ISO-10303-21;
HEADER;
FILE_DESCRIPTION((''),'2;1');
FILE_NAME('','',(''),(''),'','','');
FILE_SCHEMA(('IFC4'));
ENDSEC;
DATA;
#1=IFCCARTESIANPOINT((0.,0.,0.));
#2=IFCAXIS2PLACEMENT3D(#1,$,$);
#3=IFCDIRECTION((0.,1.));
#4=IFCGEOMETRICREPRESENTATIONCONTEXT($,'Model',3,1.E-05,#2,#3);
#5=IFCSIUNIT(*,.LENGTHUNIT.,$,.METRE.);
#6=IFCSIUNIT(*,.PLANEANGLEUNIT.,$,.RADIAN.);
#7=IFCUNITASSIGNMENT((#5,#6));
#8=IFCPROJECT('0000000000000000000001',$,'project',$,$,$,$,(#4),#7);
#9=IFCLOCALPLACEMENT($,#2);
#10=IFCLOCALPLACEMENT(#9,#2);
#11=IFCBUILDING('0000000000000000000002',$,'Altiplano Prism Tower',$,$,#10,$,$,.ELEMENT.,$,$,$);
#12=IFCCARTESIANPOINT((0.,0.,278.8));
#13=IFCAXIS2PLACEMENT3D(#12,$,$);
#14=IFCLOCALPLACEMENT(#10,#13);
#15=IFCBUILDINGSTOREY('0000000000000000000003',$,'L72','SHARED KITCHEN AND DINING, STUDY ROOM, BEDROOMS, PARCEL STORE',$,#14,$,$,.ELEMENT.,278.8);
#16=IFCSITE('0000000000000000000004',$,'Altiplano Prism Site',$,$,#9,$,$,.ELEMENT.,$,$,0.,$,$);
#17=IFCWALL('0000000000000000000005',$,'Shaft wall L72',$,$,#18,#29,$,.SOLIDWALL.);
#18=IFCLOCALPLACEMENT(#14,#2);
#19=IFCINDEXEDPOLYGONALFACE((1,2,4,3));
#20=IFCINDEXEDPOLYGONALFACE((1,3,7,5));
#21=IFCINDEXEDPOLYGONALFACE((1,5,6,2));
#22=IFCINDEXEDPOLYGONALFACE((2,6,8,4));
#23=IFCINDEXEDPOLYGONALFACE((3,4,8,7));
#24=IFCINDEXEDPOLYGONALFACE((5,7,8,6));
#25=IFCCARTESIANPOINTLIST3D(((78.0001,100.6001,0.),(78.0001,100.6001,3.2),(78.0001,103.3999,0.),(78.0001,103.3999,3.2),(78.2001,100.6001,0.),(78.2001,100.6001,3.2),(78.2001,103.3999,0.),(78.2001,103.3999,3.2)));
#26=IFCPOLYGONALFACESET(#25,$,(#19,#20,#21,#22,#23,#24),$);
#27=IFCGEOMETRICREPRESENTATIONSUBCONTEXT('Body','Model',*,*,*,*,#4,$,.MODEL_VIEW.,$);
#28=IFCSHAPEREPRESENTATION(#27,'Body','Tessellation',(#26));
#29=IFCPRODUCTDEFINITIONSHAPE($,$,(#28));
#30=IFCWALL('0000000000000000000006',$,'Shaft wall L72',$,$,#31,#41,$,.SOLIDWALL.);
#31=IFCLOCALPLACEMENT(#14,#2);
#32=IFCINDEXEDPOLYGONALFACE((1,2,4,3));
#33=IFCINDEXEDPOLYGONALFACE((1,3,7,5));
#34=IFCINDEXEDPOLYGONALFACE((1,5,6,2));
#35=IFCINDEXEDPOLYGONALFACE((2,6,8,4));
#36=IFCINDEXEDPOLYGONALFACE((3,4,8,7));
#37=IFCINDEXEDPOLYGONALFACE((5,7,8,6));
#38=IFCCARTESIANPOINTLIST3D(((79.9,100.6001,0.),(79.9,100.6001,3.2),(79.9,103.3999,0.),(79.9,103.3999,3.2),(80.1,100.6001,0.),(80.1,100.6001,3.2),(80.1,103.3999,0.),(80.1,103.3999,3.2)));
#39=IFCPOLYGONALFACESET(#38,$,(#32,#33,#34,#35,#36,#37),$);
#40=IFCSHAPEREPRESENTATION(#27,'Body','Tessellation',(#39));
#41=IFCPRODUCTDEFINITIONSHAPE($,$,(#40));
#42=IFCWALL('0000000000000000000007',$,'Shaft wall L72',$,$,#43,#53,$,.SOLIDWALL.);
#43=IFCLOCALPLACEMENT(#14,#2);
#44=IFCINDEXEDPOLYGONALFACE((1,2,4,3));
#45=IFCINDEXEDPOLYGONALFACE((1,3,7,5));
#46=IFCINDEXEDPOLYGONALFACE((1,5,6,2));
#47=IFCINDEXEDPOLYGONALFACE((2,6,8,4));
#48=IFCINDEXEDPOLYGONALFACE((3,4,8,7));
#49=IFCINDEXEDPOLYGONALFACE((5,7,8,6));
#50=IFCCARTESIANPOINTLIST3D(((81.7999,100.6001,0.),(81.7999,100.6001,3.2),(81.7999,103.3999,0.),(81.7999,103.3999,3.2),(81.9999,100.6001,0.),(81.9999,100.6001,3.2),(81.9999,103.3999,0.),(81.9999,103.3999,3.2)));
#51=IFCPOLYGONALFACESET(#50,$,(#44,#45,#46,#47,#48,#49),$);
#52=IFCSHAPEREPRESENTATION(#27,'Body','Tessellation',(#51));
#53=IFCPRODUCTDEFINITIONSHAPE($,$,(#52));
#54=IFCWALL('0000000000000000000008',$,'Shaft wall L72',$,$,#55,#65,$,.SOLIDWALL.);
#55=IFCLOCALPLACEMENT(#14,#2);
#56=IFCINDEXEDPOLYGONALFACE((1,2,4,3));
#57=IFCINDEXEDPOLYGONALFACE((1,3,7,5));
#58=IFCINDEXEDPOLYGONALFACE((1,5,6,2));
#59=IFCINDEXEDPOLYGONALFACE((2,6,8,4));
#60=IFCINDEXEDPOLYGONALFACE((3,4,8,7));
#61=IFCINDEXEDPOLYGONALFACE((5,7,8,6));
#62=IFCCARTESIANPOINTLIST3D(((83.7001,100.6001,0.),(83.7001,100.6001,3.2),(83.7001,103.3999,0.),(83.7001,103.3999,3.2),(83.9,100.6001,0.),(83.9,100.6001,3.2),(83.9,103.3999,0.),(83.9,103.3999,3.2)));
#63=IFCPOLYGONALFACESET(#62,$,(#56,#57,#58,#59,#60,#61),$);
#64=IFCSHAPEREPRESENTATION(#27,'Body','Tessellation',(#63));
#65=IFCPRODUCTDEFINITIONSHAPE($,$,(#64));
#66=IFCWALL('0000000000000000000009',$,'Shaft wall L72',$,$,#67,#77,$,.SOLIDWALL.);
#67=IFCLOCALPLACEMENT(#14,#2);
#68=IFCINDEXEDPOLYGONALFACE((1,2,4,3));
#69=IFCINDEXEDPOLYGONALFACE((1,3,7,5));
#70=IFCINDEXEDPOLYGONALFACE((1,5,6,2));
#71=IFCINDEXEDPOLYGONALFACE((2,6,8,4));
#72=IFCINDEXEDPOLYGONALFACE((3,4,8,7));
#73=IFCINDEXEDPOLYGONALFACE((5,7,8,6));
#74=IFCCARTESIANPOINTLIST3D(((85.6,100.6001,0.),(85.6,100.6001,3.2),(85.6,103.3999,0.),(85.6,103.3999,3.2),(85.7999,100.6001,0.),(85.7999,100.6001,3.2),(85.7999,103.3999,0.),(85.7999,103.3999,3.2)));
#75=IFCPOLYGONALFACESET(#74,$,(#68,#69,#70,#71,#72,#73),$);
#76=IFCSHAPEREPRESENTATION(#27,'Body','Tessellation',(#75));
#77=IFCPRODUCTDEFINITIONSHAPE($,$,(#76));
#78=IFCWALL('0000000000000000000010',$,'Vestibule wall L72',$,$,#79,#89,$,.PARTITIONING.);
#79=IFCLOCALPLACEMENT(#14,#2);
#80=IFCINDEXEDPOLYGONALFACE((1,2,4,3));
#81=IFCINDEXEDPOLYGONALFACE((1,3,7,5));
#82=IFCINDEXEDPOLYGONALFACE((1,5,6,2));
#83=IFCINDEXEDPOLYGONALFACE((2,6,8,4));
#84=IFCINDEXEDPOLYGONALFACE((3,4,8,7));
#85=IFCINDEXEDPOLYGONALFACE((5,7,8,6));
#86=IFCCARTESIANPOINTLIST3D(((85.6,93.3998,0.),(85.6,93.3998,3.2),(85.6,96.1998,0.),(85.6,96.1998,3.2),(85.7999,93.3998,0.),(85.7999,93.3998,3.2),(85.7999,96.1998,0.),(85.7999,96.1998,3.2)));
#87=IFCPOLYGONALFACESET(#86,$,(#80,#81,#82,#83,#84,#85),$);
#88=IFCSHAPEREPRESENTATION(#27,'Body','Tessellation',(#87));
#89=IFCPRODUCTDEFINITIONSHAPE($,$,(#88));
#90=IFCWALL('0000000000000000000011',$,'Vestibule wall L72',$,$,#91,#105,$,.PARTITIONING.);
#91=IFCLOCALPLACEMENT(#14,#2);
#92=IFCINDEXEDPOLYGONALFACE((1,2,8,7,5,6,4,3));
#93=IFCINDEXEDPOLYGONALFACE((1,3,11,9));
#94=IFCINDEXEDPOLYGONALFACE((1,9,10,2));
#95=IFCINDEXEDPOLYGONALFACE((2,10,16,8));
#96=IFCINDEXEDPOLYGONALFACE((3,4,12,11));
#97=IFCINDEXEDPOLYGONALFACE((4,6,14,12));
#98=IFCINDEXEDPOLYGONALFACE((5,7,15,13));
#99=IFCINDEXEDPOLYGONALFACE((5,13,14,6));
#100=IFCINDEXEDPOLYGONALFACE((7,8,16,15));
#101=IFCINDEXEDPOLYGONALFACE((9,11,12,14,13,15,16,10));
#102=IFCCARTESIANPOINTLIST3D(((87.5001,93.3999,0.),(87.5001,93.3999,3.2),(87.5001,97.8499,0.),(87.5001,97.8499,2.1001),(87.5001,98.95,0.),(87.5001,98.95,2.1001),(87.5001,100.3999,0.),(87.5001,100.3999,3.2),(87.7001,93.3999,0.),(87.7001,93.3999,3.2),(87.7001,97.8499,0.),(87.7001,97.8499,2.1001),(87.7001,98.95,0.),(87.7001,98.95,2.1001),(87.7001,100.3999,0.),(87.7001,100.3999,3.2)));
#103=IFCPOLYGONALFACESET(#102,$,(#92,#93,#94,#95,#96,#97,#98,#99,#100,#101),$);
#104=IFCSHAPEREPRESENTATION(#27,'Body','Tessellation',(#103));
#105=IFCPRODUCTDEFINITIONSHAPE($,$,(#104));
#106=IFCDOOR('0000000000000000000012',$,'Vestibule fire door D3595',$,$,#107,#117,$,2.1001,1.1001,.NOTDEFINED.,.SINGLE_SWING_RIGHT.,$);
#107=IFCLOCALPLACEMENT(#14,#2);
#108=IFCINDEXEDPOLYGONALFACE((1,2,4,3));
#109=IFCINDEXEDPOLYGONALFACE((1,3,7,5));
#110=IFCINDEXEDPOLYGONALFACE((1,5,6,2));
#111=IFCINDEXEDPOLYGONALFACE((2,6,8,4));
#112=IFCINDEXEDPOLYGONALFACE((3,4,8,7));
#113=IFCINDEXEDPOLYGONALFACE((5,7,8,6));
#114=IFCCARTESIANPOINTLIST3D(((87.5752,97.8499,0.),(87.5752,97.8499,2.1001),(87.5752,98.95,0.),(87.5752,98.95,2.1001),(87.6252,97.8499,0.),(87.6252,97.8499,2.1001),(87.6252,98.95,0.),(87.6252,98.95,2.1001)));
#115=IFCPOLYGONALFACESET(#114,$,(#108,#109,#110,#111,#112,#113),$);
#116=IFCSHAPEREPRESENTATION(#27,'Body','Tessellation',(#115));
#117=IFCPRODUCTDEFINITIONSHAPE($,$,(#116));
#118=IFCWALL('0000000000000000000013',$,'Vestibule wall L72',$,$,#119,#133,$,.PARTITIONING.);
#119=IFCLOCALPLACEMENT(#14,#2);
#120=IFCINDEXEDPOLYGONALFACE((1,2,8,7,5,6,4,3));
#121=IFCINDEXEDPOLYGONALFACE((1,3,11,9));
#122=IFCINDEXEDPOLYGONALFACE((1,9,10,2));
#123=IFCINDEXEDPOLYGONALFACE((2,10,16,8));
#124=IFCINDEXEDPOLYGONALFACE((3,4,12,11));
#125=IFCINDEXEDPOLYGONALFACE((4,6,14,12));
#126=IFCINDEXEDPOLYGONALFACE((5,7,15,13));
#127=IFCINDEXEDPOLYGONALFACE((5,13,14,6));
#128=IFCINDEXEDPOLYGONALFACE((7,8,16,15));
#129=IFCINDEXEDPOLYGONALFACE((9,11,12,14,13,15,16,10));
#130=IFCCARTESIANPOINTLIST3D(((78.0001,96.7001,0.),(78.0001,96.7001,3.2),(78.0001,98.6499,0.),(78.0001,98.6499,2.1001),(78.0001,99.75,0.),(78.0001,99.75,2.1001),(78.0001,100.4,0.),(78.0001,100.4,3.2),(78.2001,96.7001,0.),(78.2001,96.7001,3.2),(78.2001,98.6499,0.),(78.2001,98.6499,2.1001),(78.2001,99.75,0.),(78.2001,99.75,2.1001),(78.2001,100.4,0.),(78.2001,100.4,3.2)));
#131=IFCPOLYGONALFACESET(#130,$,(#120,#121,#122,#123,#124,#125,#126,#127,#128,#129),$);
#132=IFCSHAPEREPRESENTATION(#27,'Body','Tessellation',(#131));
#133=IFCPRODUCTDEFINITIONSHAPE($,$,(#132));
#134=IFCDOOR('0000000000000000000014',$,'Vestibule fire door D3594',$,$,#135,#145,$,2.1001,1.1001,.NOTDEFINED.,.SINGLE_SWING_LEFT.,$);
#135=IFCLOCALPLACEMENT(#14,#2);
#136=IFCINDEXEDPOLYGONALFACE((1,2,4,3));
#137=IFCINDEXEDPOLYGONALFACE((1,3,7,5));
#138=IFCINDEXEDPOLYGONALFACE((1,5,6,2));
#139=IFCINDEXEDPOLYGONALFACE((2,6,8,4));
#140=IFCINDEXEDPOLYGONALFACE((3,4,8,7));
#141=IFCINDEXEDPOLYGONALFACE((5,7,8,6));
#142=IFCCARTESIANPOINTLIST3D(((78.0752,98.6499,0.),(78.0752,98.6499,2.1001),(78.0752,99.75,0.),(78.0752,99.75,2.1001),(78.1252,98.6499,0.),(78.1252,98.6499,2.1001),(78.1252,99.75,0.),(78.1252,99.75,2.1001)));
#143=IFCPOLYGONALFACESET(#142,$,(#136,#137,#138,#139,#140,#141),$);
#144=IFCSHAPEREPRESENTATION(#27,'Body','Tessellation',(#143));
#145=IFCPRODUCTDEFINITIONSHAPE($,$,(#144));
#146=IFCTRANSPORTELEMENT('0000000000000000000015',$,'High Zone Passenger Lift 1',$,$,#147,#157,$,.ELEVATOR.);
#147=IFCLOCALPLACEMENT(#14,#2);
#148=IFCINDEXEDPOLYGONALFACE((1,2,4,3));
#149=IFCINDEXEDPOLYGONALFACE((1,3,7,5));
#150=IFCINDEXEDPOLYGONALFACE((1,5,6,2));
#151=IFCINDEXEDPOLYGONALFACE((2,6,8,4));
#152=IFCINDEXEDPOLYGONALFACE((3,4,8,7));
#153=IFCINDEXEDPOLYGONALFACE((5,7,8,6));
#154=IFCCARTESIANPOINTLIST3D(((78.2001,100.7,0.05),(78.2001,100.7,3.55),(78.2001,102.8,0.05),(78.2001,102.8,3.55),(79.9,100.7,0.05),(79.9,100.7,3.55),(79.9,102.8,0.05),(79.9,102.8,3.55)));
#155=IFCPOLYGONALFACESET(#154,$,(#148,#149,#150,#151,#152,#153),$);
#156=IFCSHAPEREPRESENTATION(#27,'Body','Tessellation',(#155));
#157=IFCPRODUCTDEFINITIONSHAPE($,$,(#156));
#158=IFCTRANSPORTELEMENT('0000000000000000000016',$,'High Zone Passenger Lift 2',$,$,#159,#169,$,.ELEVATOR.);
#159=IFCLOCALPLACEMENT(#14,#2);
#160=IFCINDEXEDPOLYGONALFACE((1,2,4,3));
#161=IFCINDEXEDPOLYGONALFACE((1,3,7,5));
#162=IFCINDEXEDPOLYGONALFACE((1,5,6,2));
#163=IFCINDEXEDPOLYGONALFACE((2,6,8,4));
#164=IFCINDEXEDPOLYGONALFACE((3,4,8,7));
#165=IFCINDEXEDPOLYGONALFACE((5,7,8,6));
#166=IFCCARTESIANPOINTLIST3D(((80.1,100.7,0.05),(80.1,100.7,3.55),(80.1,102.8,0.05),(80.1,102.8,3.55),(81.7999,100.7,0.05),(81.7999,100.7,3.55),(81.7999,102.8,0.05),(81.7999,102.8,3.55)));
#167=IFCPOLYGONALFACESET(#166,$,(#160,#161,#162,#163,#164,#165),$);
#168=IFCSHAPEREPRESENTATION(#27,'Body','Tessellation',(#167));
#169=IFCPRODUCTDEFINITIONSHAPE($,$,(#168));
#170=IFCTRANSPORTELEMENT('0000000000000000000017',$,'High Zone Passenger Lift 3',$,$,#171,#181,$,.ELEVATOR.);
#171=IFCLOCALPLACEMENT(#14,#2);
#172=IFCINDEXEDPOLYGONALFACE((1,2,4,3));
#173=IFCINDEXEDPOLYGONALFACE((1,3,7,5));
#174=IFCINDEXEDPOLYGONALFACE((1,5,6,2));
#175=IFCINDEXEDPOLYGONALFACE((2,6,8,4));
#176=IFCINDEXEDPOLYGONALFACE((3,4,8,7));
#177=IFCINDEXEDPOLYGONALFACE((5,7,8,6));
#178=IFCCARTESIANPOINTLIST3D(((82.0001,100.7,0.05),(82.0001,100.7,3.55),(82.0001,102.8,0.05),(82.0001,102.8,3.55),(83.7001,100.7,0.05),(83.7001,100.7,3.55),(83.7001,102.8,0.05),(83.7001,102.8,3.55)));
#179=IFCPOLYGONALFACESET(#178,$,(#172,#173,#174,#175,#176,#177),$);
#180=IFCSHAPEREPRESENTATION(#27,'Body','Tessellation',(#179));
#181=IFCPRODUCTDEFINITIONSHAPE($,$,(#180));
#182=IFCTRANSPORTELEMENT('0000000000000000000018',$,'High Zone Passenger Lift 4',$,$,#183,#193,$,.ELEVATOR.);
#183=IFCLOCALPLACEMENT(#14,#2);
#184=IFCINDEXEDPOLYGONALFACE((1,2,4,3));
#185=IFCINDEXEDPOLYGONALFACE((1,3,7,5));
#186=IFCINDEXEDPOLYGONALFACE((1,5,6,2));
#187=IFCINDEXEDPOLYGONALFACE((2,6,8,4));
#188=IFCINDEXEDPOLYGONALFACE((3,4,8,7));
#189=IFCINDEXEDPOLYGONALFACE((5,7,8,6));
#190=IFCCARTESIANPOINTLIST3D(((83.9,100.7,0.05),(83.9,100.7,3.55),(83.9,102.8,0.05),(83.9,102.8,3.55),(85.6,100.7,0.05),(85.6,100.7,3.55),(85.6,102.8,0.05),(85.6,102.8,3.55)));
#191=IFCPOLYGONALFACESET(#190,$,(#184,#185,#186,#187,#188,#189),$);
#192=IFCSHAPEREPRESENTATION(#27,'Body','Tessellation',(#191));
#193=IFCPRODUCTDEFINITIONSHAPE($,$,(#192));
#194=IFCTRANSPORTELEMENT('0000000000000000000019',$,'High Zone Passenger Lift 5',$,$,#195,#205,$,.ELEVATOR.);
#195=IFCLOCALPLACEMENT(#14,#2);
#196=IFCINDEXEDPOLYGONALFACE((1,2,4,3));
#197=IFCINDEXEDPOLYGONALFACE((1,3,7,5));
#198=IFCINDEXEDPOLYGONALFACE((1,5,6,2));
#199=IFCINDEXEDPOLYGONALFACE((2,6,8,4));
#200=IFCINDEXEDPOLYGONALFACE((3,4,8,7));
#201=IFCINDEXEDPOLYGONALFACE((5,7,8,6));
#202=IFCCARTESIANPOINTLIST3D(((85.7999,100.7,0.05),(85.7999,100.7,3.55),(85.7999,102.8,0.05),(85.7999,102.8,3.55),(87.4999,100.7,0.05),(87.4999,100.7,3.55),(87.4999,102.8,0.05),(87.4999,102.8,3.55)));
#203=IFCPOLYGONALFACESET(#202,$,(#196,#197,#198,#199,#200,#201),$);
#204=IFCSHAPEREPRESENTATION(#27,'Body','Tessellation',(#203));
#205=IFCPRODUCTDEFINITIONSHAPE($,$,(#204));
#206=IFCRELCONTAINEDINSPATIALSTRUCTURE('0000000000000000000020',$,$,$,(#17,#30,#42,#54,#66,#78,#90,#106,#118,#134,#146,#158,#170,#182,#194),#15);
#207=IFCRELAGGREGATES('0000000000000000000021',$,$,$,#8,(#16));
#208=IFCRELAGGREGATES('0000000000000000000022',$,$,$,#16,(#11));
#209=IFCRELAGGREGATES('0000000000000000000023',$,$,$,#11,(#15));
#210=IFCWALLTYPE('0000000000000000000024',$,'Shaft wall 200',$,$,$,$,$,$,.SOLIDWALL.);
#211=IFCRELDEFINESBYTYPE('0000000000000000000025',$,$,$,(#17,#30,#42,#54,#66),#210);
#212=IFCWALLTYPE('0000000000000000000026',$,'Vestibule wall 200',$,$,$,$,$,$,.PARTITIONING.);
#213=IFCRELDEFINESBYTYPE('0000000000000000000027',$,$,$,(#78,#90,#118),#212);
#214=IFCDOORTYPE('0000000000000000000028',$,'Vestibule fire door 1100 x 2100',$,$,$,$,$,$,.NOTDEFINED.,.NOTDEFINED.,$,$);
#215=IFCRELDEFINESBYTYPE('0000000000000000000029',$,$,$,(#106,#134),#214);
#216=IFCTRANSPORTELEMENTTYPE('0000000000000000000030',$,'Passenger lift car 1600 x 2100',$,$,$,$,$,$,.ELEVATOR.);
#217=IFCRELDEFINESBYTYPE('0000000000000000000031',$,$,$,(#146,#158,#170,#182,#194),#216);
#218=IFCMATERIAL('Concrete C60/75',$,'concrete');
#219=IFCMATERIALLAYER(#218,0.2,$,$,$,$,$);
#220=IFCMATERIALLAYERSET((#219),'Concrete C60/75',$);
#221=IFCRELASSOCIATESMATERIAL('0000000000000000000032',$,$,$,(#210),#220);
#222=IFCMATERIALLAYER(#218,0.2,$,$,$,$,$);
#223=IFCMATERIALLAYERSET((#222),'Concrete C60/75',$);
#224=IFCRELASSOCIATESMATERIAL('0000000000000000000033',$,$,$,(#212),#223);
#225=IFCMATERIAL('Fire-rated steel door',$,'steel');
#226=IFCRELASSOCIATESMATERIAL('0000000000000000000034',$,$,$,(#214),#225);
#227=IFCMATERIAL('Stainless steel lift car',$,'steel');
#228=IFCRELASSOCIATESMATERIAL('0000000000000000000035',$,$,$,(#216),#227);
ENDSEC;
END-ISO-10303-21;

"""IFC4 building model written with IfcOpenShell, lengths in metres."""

from ifc_helpers import new_model, si_unit, direction, frame, frame_2d, origin, origin_2d, place, context, subcontext, project, spatial, rectangle, extrude, material, layer, layer_set, type_object, element, fill, save


model = new_model("IFC4")

# Units and contexts
model_context = context("Model", 3, precision=1e-05, world=origin(), true_north=direction((0.0, 1.0)))
body_context = subcontext(model_context, "Body", "Model", "MODEL_VIEW")
ifc_project = project(units=[si_unit("LENGTHUNIT", "METRE"), si_unit("PLANEANGLEUNIT", "RADIAN")], contexts=[model_context])

# Site, building, storey
site_placement = place(None, origin())
site = spatial("IfcSite", under=ifc_project, at=site_placement, Name="Altiplano Prism Site", CompositionType="ELEMENT", RefElevation=0.0)
building_placement = place(site_placement, origin())
building = spatial("IfcBuilding", under=site, at=building_placement, Name="Altiplano Prism Tower", CompositionType="ELEMENT")
storey_placement = place(building_placement, frame((0.0, 0.0, 278.8)))
storey = spatial("IfcBuildingStorey", under=building, at=storey_placement, Name="L72", Description="SHARED KITCHEN AND DINING, STUDY ROOM, BEDROOMS, PARCEL STORE", CompositionType="ELEMENT", Elevation=278.8)

# Walls
ifc_material_1 = material(Name="Concrete C60/75", Category="concrete")
ifc_layer_1 = layer(ifc_material_1, 0.2)
ifc_layer_set_1 = layer_set([ifc_layer_1], Name="Concrete C60/75")
wall_type_1 = type_object("IfcWallType", Name="Shaft wall 200", PredefinedType="SOLIDWALL", material=ifc_layer_set_1)
for number, where, z_axis, x_axis, name in (
    (1, (78.1001, 100.6001, 0.0), (0.0, 0.0, 1.0), (0.0, 1.0, 0.0), "Shaft wall L72"),
    (2, (80.0, 100.6001, 0.0), (0.0, 0.0, 1.0), (0.0, 1.0, 0.0), "Shaft wall L72"),
    (3, (81.8999, 100.6001, 0.0), (0.0, 0.0, 1.0), (0.0, 1.0, 0.0), "Shaft wall L72"),
    (4, (83.8, 100.6001, 0.0), (0.0, 0.0, 1.0), (0.0, 1.0, 0.0), "Shaft wall L72"),
    (5, (85.7, 100.6001, 0.0), (0.0, 0.0, 1.0), (0.0, 1.0, 0.0), "Shaft wall L72"),
):
    element("IfcWall", number, at=place(storey_placement, frame(where, z_axis=z_axis, x_axis=x_axis)), inside=storey, type_object=wall_type_1, Name=name, PredefinedType="SOLIDWALL", context=body_context, shape_type="SweptSolid", body=[
        extrude(rectangle(XDim=2.7998, YDim=0.2, at=frame_2d((1.3999, 0.0))), origin(), (0.0, 0.0, 1.0), 3.2),
    ])
ifc_layer_2 = layer(ifc_material_1, 0.2)
ifc_layer_set_2 = layer_set([ifc_layer_2], Name="Concrete C60/75")
wall_type_2 = type_object("IfcWallType", Name="Vestibule wall 200", PredefinedType="PARTITIONING", material=ifc_layer_set_2)
wall_1_placement = place(storey_placement, frame((85.7, 93.3999, 0.0), z_axis=(0.0, 0.0, 1.0), x_axis=(0.0, 1.0, 0.0)))
element("IfcWall", 6, at=wall_1_placement, inside=storey, type_object=wall_type_2, Name="Vestibule wall L72", PredefinedType="PARTITIONING", context=body_context, shape_type="SweptSolid", body=[
    extrude(rectangle(XDim=2.8, YDim=0.2, at=frame_2d((1.3999, 0.0))), origin(), (0.0, 0.0, 1.0), 3.2),
])

# Walls, openings, doors
wall_2_placement = place(storey_placement, frame((87.6001, 93.3999, 0.0), z_axis=(0.0, 0.0, 1.0), x_axis=(0.0, 1.0, 0.0)))
wall_2 = element("IfcWall", 7, at=wall_2_placement, inside=storey, type_object=wall_type_2, Name="Vestibule wall L72", PredefinedType="PARTITIONING", context=body_context, shape_type="SweptSolid", body=[
    extrude(rectangle(XDim=7.0, YDim=0.2, at=frame_2d((3.5, 0.0))), origin(), (0.0, 0.0, 1.0), 3.2),
])
opening_1_placement = place(wall_2_placement, frame((4.45, 0.0, 0.0)))
opening_1 = element("IfcOpeningElement", 8, at=opening_1_placement, cuts=wall_2, PredefinedType="OPENING", context=body_context, shape_type="SweptSolid", body=[
    extrude(rectangle(XDim=1.1001, YDim=2.1001, at=frame_2d((0.55, 1.05))), frame((0.0, 0.1104, 0.0), z_axis=(0.0, -1.0, 0.0), x_axis=(1.0, 0.0, 0.0)), (0.0, 0.0, 1.0), 0.2209),
])
ifc_material_2 = material(Name="Fire-rated steel door", Category="steel")
door_type = type_object("IfcDoorType", Name="Vestibule fire door 1100 x 2100", OperationType="NOTDEFINED", PredefinedType="NOTDEFINED", material=ifc_material_2)
door_1_placement = place(opening_1_placement, origin())
door_1 = element("IfcDoor", 9, at=door_1_placement, inside=storey, type_object=door_type, Name="Vestibule fire door D3595", OperationType="SINGLE_SWING_RIGHT", OverallHeight=2.1001, OverallWidth=1.1001, PredefinedType="NOTDEFINED", context=body_context, shape_type="SweptSolid", body=[
    extrude(rectangle(XDim=1.1001, YDim=2.1001, at=frame_2d((0.55, 1.05))), frame((0.0, 0.0249, 0.0), z_axis=(0.0, -1.0, 0.0), x_axis=(1.0, 0.0, 0.0)), (0.0, 0.0, 1.0), 0.05),
])
fill(opening_1, door_1)
wall_3_placement = place(storey_placement, frame((78.1001, 96.7, 0.0), z_axis=(0.0, 0.0, 1.0), x_axis=(0.0, 1.0, 0.0)))
wall_3 = element("IfcWall", 10, at=wall_3_placement, inside=storey, type_object=wall_type_2, Name="Vestibule wall L72", PredefinedType="PARTITIONING", context=body_context, shape_type="SweptSolid", body=[
    extrude(rectangle(XDim=3.7, YDim=0.2, at=frame_2d((1.8501, 0.0))), origin(), (0.0, 0.0, 1.0), 3.2),
])
opening_2_placement = place(wall_3_placement, frame((1.95, 0.0, 0.0)))
opening_2 = element("IfcOpeningElement", 11, at=opening_2_placement, cuts=wall_3, PredefinedType="OPENING", context=body_context, shape_type="SweptSolid", body=[
    extrude(rectangle(XDim=1.1001, YDim=2.1001, at=frame_2d((0.55, 1.05))), frame((0.0, 0.1104, 0.0), z_axis=(0.0, -1.0, 0.0), x_axis=(1.0, 0.0, 0.0)), (0.0, 0.0, 1.0), 0.2209),
])
door_2_placement = place(opening_2_placement, origin())
door_2 = element("IfcDoor", 12, at=door_2_placement, inside=storey, type_object=door_type, Name="Vestibule fire door D3594", OperationType="SINGLE_SWING_LEFT", OverallHeight=2.1001, OverallWidth=1.1001, PredefinedType="NOTDEFINED", context=body_context, shape_type="SweptSolid", body=[
    extrude(rectangle(XDim=1.1001, YDim=2.1001, at=frame_2d((0.55, 1.05))), frame((0.0, 0.0249, 0.0), z_axis=(0.0, -1.0, 0.0), x_axis=(1.0, 0.0, 0.0)), (0.0, 0.0, 1.0), 0.05),
])
fill(opening_2, door_2)

# Transport elements
ifc_material_3 = material(Name="Stainless steel lift car", Category="steel")
transport_element_type = type_object("IfcTransportElementType", Name="Passenger lift car 1600 x 2100", PredefinedType="ELEVATOR", material=ifc_material_3)
for number, where, z_axis, x_axis, name in (
    (13, (79.05, 101.75, 0.05), (0.0, 0.0, 1.0), (1.0, 0.0, 0.0), "High Zone Passenger Lift 1"),
    (14, (80.95, 101.75, 0.05), (0.0, 0.0, 1.0), (1.0, 0.0, 0.0), "High Zone Passenger Lift 2"),
    (15, (82.8501, 101.75, 0.05), (0.0, 0.0, 1.0), (1.0, 0.0, 0.0), "High Zone Passenger Lift 3"),
    (16, (84.75, 101.75, 0.05), (0.0, 0.0, 1.0), (1.0, 0.0, 0.0), "High Zone Passenger Lift 4"),
    (17, (86.6499, 101.75, 0.05), (0.0, 0.0, 1.0), (1.0, 0.0, 0.0), "High Zone Passenger Lift 5"),
):
    element("IfcTransportElement", number, at=place(storey_placement, frame(where, z_axis=z_axis, x_axis=x_axis)), inside=storey, type_object=transport_element_type, Name=name, PredefinedType="ELEVATOR", context=body_context, shape_type="SweptSolid", body=[
        extrude(rectangle(XDim=1.7, YDim=2.1001, at=origin_2d()), origin(), (0.0, 0.0, 1.0), 3.5),
    ])

save(model, "model.ifc")
